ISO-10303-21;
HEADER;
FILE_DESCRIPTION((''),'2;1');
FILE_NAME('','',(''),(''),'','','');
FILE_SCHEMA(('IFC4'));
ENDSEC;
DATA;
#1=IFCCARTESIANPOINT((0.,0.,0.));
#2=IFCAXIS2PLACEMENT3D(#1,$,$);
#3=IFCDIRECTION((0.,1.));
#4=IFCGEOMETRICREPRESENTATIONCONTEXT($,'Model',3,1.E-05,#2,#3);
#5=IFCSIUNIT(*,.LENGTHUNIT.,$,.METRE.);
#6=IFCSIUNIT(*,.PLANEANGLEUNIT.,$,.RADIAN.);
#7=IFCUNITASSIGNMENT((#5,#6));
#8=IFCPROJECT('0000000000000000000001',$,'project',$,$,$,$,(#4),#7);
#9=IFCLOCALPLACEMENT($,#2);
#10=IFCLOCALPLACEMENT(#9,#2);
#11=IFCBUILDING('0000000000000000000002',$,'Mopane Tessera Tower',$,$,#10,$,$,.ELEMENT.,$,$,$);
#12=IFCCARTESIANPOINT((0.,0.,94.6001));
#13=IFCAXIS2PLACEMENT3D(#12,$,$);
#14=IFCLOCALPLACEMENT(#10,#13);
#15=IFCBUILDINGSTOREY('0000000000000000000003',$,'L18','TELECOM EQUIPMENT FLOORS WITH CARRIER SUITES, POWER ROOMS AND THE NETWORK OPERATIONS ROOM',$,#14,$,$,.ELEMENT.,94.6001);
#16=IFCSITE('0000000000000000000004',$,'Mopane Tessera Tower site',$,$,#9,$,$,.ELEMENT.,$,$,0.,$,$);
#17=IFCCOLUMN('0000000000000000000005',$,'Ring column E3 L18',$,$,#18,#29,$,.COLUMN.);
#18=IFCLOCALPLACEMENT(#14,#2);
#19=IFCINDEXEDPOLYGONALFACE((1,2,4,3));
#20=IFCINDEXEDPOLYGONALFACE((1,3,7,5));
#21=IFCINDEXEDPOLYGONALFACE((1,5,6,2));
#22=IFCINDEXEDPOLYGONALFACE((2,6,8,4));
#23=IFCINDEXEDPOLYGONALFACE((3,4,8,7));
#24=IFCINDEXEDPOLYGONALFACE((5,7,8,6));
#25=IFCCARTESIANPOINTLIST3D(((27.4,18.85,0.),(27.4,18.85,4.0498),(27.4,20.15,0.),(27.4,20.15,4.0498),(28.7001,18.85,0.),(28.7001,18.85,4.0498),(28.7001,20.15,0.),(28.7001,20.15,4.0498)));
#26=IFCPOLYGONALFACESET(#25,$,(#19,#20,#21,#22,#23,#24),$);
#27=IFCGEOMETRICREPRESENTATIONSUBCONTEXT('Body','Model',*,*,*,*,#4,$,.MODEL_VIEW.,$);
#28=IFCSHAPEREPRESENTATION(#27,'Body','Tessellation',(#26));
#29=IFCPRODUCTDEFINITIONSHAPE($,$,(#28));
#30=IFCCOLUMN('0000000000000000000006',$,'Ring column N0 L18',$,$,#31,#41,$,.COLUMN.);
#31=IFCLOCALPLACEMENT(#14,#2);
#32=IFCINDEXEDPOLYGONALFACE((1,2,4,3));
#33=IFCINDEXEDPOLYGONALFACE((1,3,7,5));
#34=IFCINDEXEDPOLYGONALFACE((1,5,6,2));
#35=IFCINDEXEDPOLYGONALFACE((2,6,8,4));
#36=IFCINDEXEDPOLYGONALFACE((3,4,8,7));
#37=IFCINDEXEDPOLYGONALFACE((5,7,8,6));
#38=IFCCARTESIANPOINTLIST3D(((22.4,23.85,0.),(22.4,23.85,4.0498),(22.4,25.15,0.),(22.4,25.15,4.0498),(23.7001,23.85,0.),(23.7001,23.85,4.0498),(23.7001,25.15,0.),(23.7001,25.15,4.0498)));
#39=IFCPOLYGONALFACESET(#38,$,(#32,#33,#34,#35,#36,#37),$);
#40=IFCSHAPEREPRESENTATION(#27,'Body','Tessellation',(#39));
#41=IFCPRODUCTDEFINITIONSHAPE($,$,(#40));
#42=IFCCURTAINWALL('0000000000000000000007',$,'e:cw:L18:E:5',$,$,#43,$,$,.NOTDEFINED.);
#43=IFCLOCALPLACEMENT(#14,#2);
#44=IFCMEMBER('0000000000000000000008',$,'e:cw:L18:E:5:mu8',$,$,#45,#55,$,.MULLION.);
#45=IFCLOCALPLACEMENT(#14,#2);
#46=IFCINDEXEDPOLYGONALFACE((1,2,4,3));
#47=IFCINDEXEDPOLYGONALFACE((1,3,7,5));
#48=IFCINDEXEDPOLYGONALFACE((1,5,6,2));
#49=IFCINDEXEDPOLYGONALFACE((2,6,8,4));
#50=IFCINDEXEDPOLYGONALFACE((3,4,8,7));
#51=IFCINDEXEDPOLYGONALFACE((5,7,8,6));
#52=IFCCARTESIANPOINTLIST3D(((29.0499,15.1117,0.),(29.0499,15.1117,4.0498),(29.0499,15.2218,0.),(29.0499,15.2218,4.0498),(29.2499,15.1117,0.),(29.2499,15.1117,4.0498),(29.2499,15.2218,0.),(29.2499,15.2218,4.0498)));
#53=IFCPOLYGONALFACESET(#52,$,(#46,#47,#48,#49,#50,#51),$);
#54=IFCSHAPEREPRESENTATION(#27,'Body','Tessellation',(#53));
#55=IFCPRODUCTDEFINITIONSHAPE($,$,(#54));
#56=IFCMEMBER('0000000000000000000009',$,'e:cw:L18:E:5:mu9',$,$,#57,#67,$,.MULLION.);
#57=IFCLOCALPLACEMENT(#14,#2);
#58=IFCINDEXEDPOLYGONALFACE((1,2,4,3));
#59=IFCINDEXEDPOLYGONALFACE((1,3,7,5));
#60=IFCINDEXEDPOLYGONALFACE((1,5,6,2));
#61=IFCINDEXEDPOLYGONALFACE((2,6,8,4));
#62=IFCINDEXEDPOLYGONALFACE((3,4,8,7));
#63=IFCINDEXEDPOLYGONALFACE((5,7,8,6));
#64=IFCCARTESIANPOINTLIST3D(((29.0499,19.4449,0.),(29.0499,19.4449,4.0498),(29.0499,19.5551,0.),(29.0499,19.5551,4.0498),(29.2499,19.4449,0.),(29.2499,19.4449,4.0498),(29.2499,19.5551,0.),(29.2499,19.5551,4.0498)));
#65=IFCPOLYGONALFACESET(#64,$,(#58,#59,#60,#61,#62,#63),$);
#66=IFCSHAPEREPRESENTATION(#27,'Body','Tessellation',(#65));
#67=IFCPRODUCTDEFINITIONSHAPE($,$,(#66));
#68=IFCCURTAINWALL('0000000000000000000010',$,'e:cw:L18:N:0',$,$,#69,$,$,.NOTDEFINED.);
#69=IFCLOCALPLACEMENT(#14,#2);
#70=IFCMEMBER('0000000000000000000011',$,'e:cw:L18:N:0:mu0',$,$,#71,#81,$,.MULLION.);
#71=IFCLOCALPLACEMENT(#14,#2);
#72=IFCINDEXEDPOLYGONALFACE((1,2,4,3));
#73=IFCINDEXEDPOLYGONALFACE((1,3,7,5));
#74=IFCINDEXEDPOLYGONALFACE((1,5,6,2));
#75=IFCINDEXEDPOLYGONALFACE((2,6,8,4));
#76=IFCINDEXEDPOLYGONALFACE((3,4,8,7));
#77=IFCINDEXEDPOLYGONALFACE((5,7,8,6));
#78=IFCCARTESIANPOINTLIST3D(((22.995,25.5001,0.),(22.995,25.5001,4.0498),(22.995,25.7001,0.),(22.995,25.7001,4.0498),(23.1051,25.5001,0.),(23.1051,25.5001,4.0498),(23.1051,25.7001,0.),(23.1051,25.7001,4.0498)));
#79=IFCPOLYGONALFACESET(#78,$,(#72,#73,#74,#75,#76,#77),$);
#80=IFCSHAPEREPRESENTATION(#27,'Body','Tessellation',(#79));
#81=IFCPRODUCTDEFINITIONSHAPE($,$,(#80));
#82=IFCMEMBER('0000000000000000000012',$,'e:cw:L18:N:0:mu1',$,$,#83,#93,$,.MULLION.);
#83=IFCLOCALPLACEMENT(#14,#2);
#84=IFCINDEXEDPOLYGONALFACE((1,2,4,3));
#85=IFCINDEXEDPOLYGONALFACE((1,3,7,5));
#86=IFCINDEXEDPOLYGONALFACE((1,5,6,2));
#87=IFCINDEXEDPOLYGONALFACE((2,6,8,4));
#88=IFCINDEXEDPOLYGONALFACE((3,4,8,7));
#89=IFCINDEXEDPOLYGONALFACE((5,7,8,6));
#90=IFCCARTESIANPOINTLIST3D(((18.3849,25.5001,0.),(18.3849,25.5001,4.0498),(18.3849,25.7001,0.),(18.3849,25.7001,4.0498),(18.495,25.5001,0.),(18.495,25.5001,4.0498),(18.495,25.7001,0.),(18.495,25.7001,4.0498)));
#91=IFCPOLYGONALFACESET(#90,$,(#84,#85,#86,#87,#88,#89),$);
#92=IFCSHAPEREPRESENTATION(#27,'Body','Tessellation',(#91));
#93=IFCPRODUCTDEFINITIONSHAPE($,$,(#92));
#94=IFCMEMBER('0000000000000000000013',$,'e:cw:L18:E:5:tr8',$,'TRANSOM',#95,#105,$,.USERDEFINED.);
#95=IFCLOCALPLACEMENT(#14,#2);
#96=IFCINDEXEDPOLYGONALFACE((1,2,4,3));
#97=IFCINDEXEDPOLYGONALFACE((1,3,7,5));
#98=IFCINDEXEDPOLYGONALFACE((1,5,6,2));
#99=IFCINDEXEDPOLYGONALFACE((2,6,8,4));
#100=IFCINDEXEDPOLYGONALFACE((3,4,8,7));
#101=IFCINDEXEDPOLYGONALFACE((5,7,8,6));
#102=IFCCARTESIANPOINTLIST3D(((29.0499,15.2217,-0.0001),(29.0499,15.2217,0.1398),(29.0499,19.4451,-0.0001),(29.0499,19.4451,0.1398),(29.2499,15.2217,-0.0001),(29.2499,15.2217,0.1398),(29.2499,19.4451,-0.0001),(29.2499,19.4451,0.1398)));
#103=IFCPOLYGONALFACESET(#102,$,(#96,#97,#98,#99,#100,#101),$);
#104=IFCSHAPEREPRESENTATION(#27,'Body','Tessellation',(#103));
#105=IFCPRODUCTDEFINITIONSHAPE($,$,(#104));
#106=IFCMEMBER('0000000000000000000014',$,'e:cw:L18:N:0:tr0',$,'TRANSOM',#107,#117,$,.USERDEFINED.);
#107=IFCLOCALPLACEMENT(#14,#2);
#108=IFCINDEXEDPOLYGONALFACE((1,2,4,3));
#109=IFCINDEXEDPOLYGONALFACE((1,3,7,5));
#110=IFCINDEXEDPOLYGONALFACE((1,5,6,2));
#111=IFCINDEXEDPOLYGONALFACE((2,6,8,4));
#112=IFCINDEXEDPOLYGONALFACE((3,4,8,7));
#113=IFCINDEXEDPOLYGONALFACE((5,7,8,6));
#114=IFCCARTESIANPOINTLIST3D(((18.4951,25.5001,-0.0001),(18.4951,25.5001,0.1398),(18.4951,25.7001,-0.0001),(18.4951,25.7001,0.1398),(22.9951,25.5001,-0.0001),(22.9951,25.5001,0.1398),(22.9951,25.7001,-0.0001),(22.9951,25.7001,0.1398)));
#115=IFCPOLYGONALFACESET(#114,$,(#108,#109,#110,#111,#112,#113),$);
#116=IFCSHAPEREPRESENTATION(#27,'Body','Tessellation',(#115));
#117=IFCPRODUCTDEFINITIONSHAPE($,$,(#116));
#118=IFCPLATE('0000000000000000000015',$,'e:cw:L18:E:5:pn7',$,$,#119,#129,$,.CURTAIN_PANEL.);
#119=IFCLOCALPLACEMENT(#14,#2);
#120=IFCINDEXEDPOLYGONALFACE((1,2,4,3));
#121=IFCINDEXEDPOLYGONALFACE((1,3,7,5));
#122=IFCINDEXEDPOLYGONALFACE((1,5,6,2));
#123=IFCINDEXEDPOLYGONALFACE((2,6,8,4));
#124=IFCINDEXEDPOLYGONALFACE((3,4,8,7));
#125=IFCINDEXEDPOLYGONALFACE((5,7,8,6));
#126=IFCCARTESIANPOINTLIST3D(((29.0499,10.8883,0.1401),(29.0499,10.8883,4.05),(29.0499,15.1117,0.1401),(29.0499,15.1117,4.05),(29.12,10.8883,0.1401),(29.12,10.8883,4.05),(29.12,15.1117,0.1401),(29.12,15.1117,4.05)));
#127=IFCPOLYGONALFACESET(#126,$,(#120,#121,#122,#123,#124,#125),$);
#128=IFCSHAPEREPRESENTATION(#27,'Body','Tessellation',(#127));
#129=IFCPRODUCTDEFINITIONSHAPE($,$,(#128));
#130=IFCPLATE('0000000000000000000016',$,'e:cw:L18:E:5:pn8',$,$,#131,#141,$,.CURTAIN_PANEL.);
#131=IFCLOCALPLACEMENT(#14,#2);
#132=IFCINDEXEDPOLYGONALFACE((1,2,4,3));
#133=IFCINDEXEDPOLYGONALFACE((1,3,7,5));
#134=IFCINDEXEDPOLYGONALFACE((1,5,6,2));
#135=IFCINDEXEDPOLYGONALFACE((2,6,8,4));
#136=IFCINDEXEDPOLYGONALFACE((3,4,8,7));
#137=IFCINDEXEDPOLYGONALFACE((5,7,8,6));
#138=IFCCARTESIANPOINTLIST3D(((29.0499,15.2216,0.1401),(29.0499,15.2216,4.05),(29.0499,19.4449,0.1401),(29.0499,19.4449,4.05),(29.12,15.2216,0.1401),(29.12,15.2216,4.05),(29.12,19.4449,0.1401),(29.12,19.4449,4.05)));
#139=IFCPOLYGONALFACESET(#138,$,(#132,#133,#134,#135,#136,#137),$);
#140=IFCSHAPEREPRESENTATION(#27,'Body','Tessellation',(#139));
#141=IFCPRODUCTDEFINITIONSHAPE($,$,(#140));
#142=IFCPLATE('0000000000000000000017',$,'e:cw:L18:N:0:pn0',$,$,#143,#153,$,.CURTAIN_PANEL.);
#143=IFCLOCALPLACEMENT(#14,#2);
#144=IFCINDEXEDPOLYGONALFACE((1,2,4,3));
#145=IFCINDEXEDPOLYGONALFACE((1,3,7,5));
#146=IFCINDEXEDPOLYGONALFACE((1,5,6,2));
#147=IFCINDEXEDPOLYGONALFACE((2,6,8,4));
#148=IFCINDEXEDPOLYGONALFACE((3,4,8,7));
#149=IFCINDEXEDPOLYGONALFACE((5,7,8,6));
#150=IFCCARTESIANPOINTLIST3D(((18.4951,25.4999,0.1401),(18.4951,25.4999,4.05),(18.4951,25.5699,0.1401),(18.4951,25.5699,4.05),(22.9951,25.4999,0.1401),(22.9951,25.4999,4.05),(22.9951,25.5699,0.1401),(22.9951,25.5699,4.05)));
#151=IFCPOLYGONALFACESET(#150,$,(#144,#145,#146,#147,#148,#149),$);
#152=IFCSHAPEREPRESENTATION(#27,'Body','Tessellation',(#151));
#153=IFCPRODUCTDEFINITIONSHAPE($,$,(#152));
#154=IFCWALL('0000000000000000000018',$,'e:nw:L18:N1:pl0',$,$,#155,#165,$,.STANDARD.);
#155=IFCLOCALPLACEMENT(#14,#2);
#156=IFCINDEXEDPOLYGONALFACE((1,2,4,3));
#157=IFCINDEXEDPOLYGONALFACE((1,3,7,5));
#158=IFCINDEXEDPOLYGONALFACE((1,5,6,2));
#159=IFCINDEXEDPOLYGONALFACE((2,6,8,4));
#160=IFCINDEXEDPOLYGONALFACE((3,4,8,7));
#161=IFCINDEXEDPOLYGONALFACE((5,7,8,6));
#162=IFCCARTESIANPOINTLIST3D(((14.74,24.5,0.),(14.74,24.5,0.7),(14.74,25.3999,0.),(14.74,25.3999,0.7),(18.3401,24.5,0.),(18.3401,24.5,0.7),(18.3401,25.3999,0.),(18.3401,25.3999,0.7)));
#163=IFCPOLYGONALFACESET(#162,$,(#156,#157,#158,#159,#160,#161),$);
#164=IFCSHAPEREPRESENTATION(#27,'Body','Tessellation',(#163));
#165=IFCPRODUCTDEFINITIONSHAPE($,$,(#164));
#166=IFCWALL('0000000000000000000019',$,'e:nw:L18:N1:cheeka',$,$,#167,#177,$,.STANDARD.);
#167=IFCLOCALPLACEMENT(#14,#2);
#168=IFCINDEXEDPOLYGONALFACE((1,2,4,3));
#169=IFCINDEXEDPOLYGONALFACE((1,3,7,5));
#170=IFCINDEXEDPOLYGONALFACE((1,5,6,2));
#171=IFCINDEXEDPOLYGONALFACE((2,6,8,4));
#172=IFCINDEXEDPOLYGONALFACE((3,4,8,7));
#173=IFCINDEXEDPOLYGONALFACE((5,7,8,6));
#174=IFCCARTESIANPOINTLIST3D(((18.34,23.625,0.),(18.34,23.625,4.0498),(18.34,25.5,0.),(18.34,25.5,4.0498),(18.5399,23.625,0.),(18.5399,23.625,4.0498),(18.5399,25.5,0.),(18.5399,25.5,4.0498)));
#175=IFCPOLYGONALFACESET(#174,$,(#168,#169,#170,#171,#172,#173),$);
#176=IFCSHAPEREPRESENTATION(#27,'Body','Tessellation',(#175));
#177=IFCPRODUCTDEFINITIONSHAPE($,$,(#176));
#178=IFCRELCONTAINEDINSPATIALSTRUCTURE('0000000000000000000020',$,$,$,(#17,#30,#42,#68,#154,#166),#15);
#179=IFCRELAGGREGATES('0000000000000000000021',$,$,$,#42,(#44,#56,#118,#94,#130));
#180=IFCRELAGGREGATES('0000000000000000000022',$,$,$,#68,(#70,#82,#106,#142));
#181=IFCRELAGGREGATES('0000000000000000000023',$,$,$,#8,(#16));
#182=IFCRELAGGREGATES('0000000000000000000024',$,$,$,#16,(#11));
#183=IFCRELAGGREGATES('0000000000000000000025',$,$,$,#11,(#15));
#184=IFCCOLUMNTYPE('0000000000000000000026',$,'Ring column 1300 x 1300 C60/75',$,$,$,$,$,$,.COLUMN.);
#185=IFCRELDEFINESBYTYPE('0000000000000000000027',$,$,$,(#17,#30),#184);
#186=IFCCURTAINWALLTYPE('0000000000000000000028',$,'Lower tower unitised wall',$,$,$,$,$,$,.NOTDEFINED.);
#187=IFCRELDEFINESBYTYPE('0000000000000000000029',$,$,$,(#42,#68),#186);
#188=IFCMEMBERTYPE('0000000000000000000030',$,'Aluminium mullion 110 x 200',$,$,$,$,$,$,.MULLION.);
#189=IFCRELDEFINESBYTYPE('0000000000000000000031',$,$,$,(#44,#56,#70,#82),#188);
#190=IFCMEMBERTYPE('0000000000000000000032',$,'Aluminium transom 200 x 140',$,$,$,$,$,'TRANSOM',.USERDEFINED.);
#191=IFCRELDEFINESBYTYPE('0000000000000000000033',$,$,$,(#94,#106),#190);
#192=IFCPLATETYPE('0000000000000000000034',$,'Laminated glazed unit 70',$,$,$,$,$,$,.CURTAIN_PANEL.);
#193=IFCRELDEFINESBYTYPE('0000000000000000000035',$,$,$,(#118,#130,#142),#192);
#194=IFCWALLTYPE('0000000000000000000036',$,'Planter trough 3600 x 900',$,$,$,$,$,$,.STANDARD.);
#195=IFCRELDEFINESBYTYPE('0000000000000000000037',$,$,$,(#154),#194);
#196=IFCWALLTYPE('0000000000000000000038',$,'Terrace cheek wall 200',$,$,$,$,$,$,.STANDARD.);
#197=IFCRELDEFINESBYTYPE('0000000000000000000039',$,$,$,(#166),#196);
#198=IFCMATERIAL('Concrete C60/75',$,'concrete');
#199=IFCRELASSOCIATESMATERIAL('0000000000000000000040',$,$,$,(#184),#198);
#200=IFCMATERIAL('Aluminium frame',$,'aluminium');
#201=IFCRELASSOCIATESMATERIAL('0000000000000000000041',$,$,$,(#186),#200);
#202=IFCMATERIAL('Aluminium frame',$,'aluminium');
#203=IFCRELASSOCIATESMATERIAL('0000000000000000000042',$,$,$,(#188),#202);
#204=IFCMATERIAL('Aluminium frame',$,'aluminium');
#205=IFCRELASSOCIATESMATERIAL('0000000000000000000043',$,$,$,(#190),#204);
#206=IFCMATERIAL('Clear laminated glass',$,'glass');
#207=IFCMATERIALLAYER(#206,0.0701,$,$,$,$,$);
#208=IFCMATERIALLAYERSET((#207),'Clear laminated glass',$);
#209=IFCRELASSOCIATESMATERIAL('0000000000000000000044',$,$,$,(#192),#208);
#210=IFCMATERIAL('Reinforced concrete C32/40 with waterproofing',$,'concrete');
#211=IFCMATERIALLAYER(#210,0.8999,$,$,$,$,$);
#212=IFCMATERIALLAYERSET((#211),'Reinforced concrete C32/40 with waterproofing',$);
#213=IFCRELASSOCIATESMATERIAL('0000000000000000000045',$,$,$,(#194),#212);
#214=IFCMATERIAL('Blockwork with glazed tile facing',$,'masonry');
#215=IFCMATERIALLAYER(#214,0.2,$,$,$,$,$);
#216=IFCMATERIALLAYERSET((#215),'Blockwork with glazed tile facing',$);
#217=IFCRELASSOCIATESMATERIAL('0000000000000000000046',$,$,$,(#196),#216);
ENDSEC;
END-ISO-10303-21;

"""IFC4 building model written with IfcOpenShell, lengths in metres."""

from ifc_helpers import new_model, si_unit, direction, frame, frame_2d, origin, origin_2d, place, context, subcontext, project, spatial, rectangle, extrude, material, layer, layer_set, material_profile, profile_set, type_object, element, aggregate, save


model = new_model("IFC4")

# Units and contexts
model_context = context("Model", 3, precision=1e-05, world=origin(), true_north=direction((0.0, 1.0)))
body_context = subcontext(model_context, "Body", "Model", "MODEL_VIEW")
ifc_project = project(units=[si_unit("LENGTHUNIT", "METRE"), si_unit("PLANEANGLEUNIT", "RADIAN")], contexts=[model_context])

# Site, building, storey
site_placement = place(None, origin())
site = spatial("IfcSite", under=ifc_project, at=site_placement, Name="Mopane Tessera Tower site", CompositionType="ELEMENT", RefElevation=0.0)
building_placement = place(site_placement, origin())
building = spatial("IfcBuilding", under=site, at=building_placement, Name="Mopane Tessera Tower", CompositionType="ELEMENT")
storey_placement = place(building_placement, frame((0.0, 0.0, 94.6001)))
storey = spatial("IfcBuildingStorey", under=building, at=storey_placement, Name="L18", Description="TELECOM EQUIPMENT FLOORS WITH CARRIER SUITES, POWER ROOMS AND THE NETWORK OPERATIONS ROOM", CompositionType="ELEMENT", Elevation=94.6001)

# Columns
ifc_material_1 = material(Name="Concrete C60/75", Category="concrete")
ifc_material_profile_1 = material_profile(ifc_material_1, rectangle(XDim=1.3, YDim=1.3, at=origin_2d()))
ifc_profile_set_1 = profile_set([ifc_material_profile_1], Name="Concrete C60/75")
column_type = type_object("IfcColumnType", Name="Ring column 1300 x 1300 C60/75", PredefinedType="COLUMN", material=ifc_profile_set_1)
for number, where, z_axis, x_axis, name in (
    (1, (28.05, 19.5, 0.0), (0.0, 0.0, 1.0), (1.0, 0.0, 0.0), "Ring column E3 L18"),
    (2, (23.05, 24.5, 0.0), (0.0, 0.0, 1.0), (1.0, 0.0, 0.0), "Ring column N0 L18"),
):
    element("IfcColumn", number, at=place(storey_placement, frame(where, z_axis=z_axis, x_axis=x_axis)), inside=storey, type_object=column_type, Name=name, PredefinedType="COLUMN", context=body_context, shape_type="SweptSolid", body=[
        extrude(rectangle(XDim=1.3, YDim=1.3, at=origin_2d()), origin(), (0.0, 0.0, 1.0), 4.0498),
    ])

# Curtain walls, members
ifc_material_2 = material(Name="Aluminium frame", Category="aluminium")
curtain_wall_type = type_object("IfcCurtainWallType", Name="Lower tower unitised wall", PredefinedType="NOTDEFINED", material=ifc_material_2)
curtain_wall_1_placement = place(storey_placement, origin())
curtain_wall_1 = element("IfcCurtainWall", 3, at=curtain_wall_1_placement, inside=storey, type_object=curtain_wall_type, Name="e:cw:L18:E:5", PredefinedType="NOTDEFINED")
ifc_material_3 = material(Name="Aluminium frame", Category="aluminium")
ifc_material_profile_2 = material_profile(ifc_material_3, rectangle(XDim=0.1101, YDim=0.2, at=origin_2d()))
ifc_profile_set_2 = profile_set([ifc_material_profile_2], Name="Aluminium frame")
member_type_1 = type_object("IfcMemberType", Name="Aluminium mullion 110 x 200", PredefinedType="MULLION", material=ifc_profile_set_2)
member_1_placement = place(storey_placement, frame((29.1499, 15.1667, 0.0), z_axis=(0.0, 0.0, 1.0), x_axis=(0.0, 1.0, 0.0)))
member_1 = element("IfcMember", 4, at=member_1_placement, type_object=member_type_1, Name="e:cw:L18:E:5:mu8", PredefinedType="MULLION", context=body_context, shape_type="SweptSolid", body=[
    extrude(rectangle(XDim=0.1101, YDim=0.2, at=origin_2d()), origin(), (0.0, 0.0, 1.0), 4.0498),
])
member_2_placement = place(storey_placement, frame((29.1499, 19.5, 0.0), z_axis=(0.0, 0.0, 1.0), x_axis=(0.0, 1.0, 0.0)))
member_2 = element("IfcMember", 5, at=member_2_placement, type_object=member_type_1, Name="e:cw:L18:E:5:mu9", PredefinedType="MULLION", context=body_context, shape_type="SweptSolid", body=[
    extrude(rectangle(XDim=0.1101, YDim=0.2, at=origin_2d()), origin(), (0.0, 0.0, 1.0), 4.0498),
])
curtain_wall_2_placement = place(storey_placement, origin())
curtain_wall_2 = element("IfcCurtainWall", 6, at=curtain_wall_2_placement, inside=storey, type_object=curtain_wall_type, Name="e:cw:L18:N:0", PredefinedType="NOTDEFINED")
member_3_placement = place(storey_placement, frame((23.05, 25.6001, 0.0), z_axis=(0.0, 0.0, 1.0), x_axis=(-1.0, 0.0, 0.0)))
member_3 = element("IfcMember", 7, at=member_3_placement, type_object=member_type_1, Name="e:cw:L18:N:0:mu0", PredefinedType="MULLION", context=body_context, shape_type="SweptSolid", body=[
    extrude(rectangle(XDim=0.1101, YDim=0.2, at=origin_2d()), origin(), (0.0, 0.0, 1.0), 4.0498),
])
member_4_placement = place(storey_placement, frame((18.4399, 25.6001, 0.0), z_axis=(0.0, 0.0, 1.0), x_axis=(-1.0, 0.0, 0.0)))
member_4 = element("IfcMember", 8, at=member_4_placement, type_object=member_type_1, Name="e:cw:L18:N:0:mu1", PredefinedType="MULLION", context=body_context, shape_type="SweptSolid", body=[
    extrude(rectangle(XDim=0.1101, YDim=0.2, at=origin_2d()), origin(), (0.0, 0.0, 1.0), 4.0498),
])

# Members
ifc_material_4 = material(Name="Aluminium frame", Category="aluminium")
ifc_material_profile_3 = material_profile(ifc_material_4, rectangle(XDim=0.2, YDim=0.1399, at=origin_2d()))
ifc_profile_set_3 = profile_set([ifc_material_profile_3], Name="Aluminium frame")
member_type_2 = type_object("IfcMemberType", Name="Aluminium transom 200 x 140", ElementType="TRANSOM", PredefinedType="USERDEFINED", material=ifc_profile_set_3)
member_5_placement = place(storey_placement, frame((29.1499, 15.2217, 0.0698), z_axis=(0.0, 1.0, 0.0), x_axis=(-1.0, 0.0, 0.0)))
member_5 = element("IfcMember", 9, at=member_5_placement, type_object=member_type_2, Name="e:cw:L18:E:5:tr8", ObjectType="TRANSOM", PredefinedType="USERDEFINED", context=body_context, shape_type="SweptSolid", body=[
    extrude(rectangle(XDim=0.2, YDim=0.1399, at=origin_2d()), origin(), (0.0, 0.0, 1.0), 4.2234),
])
member_6_placement = place(storey_placement, frame((22.9951, 25.6001, 0.0698), z_axis=(-1.0, 0.0, 0.0), x_axis=(0.0, -1.0, 0.0)))
member_6 = element("IfcMember", 10, at=member_6_placement, type_object=member_type_2, Name="e:cw:L18:N:0:tr0", ObjectType="TRANSOM", PredefinedType="USERDEFINED", context=body_context, shape_type="SweptSolid", body=[
    extrude(rectangle(XDim=0.2, YDim=0.1399, at=origin_2d()), origin(), (0.0, 0.0, 1.0), 4.5),
])

# Plates
ifc_material_5 = material(Name="Clear laminated glass", Category="glass")
ifc_layer_1 = layer(ifc_material_5, 0.0701)
ifc_layer_set_1 = layer_set([ifc_layer_1], Name="Clear laminated glass")
plate_type = type_object("IfcPlateType", Name="Laminated glazed unit 70", PredefinedType="CURTAIN_PANEL", material=ifc_layer_set_1)
plate_1_placement = place(storey_placement, frame((29.085, 13.0, 0.1401), z_axis=(0.0, 0.0, 1.0), x_axis=(0.0, 1.0, 0.0)))
plate_1 = element("IfcPlate", 11, at=plate_1_placement, type_object=plate_type, Name="e:cw:L18:E:5:pn7", PredefinedType="CURTAIN_PANEL", context=body_context, shape_type="SweptSolid", body=[
    extrude(rectangle(XDim=4.2234, YDim=0.0701, at=origin_2d()), origin(), (0.0, 0.0, 1.0), 3.9099),
])
plate_2_placement = place(storey_placement, frame((29.085, 17.3333, 0.1401), z_axis=(0.0, 0.0, 1.0), x_axis=(0.0, 1.0, 0.0)))
plate_2 = element("IfcPlate", 12, at=plate_2_placement, type_object=plate_type, Name="e:cw:L18:E:5:pn8", PredefinedType="CURTAIN_PANEL", context=body_context, shape_type="SweptSolid", body=[
    extrude(rectangle(XDim=4.2234, YDim=0.0701, at=origin_2d()), origin(), (0.0, 0.0, 1.0), 3.9099),
])
aggregate(curtain_wall_1, [member_1, member_2, plate_1, member_5, plate_2])
plate_3_placement = place(storey_placement, frame((20.7451, 25.5349, 0.1401), z_axis=(0.0, 0.0, 1.0), x_axis=(-1.0, 0.0, 0.0)))
plate_3 = element("IfcPlate", 13, at=plate_3_placement, type_object=plate_type, Name="e:cw:L18:N:0:pn0", PredefinedType="CURTAIN_PANEL", context=body_context, shape_type="SweptSolid", body=[
    extrude(rectangle(XDim=4.5, YDim=0.0701, at=origin_2d()), origin(), (0.0, 0.0, 1.0), 3.9099),
])
aggregate(curtain_wall_2, [member_3, member_4, member_6, plate_3])

# Walls
ifc_material_6 = material(Name="Reinforced concrete C32/40 with waterproofing", Category="concrete")
ifc_layer_2 = layer(ifc_material_6, 0.8999)
ifc_layer_set_2 = layer_set([ifc_layer_2], Name="Reinforced concrete C32/40 with waterproofing")
wall_type_1 = type_object("IfcWallType", Name="Planter trough 3600 x 900", PredefinedType="STANDARD", material=ifc_layer_set_2)
wall_1_placement = place(storey_placement, frame((18.3401, 24.95, 0.0), z_axis=(0.0, 0.0, 1.0), x_axis=(-1.0, 0.0, 0.0)))
element("IfcWall", 14, at=wall_1_placement, inside=storey, type_object=wall_type_1, Name="e:nw:L18:N1:pl0", PredefinedType="STANDARD", context=body_context, shape_type="SweptSolid", body=[
    extrude(rectangle(XDim=3.6001, YDim=0.8999, at=frame_2d((1.8, 0.0))), origin(), (0.0, 0.0, 1.0), 0.7),
])
ifc_material_7 = material(Name="Blockwork with glazed tile facing", Category="masonry")
ifc_layer_3 = layer(ifc_material_7, 0.2)
ifc_layer_set_3 = layer_set([ifc_layer_3], Name="Blockwork with glazed tile facing")
wall_type_2 = type_object("IfcWallType", Name="Terrace cheek wall 200", PredefinedType="STANDARD", material=ifc_layer_set_3)
wall_2_placement = place(storey_placement, frame((18.4399, 25.5, 0.0), z_axis=(0.0, 0.0, 1.0), x_axis=(0.0, -1.0, 0.0)))
element("IfcWall", 15, at=wall_2_placement, inside=storey, type_object=wall_type_2, Name="e:nw:L18:N1:cheeka", PredefinedType="STANDARD", context=body_context, shape_type="SweptSolid", body=[
    extrude(rectangle(XDim=1.875, YDim=0.2, at=frame_2d((0.9375, 0.0))), origin(), (0.0, 0.0, 1.0), 4.0498),
])

save(model, "model.ifc")
